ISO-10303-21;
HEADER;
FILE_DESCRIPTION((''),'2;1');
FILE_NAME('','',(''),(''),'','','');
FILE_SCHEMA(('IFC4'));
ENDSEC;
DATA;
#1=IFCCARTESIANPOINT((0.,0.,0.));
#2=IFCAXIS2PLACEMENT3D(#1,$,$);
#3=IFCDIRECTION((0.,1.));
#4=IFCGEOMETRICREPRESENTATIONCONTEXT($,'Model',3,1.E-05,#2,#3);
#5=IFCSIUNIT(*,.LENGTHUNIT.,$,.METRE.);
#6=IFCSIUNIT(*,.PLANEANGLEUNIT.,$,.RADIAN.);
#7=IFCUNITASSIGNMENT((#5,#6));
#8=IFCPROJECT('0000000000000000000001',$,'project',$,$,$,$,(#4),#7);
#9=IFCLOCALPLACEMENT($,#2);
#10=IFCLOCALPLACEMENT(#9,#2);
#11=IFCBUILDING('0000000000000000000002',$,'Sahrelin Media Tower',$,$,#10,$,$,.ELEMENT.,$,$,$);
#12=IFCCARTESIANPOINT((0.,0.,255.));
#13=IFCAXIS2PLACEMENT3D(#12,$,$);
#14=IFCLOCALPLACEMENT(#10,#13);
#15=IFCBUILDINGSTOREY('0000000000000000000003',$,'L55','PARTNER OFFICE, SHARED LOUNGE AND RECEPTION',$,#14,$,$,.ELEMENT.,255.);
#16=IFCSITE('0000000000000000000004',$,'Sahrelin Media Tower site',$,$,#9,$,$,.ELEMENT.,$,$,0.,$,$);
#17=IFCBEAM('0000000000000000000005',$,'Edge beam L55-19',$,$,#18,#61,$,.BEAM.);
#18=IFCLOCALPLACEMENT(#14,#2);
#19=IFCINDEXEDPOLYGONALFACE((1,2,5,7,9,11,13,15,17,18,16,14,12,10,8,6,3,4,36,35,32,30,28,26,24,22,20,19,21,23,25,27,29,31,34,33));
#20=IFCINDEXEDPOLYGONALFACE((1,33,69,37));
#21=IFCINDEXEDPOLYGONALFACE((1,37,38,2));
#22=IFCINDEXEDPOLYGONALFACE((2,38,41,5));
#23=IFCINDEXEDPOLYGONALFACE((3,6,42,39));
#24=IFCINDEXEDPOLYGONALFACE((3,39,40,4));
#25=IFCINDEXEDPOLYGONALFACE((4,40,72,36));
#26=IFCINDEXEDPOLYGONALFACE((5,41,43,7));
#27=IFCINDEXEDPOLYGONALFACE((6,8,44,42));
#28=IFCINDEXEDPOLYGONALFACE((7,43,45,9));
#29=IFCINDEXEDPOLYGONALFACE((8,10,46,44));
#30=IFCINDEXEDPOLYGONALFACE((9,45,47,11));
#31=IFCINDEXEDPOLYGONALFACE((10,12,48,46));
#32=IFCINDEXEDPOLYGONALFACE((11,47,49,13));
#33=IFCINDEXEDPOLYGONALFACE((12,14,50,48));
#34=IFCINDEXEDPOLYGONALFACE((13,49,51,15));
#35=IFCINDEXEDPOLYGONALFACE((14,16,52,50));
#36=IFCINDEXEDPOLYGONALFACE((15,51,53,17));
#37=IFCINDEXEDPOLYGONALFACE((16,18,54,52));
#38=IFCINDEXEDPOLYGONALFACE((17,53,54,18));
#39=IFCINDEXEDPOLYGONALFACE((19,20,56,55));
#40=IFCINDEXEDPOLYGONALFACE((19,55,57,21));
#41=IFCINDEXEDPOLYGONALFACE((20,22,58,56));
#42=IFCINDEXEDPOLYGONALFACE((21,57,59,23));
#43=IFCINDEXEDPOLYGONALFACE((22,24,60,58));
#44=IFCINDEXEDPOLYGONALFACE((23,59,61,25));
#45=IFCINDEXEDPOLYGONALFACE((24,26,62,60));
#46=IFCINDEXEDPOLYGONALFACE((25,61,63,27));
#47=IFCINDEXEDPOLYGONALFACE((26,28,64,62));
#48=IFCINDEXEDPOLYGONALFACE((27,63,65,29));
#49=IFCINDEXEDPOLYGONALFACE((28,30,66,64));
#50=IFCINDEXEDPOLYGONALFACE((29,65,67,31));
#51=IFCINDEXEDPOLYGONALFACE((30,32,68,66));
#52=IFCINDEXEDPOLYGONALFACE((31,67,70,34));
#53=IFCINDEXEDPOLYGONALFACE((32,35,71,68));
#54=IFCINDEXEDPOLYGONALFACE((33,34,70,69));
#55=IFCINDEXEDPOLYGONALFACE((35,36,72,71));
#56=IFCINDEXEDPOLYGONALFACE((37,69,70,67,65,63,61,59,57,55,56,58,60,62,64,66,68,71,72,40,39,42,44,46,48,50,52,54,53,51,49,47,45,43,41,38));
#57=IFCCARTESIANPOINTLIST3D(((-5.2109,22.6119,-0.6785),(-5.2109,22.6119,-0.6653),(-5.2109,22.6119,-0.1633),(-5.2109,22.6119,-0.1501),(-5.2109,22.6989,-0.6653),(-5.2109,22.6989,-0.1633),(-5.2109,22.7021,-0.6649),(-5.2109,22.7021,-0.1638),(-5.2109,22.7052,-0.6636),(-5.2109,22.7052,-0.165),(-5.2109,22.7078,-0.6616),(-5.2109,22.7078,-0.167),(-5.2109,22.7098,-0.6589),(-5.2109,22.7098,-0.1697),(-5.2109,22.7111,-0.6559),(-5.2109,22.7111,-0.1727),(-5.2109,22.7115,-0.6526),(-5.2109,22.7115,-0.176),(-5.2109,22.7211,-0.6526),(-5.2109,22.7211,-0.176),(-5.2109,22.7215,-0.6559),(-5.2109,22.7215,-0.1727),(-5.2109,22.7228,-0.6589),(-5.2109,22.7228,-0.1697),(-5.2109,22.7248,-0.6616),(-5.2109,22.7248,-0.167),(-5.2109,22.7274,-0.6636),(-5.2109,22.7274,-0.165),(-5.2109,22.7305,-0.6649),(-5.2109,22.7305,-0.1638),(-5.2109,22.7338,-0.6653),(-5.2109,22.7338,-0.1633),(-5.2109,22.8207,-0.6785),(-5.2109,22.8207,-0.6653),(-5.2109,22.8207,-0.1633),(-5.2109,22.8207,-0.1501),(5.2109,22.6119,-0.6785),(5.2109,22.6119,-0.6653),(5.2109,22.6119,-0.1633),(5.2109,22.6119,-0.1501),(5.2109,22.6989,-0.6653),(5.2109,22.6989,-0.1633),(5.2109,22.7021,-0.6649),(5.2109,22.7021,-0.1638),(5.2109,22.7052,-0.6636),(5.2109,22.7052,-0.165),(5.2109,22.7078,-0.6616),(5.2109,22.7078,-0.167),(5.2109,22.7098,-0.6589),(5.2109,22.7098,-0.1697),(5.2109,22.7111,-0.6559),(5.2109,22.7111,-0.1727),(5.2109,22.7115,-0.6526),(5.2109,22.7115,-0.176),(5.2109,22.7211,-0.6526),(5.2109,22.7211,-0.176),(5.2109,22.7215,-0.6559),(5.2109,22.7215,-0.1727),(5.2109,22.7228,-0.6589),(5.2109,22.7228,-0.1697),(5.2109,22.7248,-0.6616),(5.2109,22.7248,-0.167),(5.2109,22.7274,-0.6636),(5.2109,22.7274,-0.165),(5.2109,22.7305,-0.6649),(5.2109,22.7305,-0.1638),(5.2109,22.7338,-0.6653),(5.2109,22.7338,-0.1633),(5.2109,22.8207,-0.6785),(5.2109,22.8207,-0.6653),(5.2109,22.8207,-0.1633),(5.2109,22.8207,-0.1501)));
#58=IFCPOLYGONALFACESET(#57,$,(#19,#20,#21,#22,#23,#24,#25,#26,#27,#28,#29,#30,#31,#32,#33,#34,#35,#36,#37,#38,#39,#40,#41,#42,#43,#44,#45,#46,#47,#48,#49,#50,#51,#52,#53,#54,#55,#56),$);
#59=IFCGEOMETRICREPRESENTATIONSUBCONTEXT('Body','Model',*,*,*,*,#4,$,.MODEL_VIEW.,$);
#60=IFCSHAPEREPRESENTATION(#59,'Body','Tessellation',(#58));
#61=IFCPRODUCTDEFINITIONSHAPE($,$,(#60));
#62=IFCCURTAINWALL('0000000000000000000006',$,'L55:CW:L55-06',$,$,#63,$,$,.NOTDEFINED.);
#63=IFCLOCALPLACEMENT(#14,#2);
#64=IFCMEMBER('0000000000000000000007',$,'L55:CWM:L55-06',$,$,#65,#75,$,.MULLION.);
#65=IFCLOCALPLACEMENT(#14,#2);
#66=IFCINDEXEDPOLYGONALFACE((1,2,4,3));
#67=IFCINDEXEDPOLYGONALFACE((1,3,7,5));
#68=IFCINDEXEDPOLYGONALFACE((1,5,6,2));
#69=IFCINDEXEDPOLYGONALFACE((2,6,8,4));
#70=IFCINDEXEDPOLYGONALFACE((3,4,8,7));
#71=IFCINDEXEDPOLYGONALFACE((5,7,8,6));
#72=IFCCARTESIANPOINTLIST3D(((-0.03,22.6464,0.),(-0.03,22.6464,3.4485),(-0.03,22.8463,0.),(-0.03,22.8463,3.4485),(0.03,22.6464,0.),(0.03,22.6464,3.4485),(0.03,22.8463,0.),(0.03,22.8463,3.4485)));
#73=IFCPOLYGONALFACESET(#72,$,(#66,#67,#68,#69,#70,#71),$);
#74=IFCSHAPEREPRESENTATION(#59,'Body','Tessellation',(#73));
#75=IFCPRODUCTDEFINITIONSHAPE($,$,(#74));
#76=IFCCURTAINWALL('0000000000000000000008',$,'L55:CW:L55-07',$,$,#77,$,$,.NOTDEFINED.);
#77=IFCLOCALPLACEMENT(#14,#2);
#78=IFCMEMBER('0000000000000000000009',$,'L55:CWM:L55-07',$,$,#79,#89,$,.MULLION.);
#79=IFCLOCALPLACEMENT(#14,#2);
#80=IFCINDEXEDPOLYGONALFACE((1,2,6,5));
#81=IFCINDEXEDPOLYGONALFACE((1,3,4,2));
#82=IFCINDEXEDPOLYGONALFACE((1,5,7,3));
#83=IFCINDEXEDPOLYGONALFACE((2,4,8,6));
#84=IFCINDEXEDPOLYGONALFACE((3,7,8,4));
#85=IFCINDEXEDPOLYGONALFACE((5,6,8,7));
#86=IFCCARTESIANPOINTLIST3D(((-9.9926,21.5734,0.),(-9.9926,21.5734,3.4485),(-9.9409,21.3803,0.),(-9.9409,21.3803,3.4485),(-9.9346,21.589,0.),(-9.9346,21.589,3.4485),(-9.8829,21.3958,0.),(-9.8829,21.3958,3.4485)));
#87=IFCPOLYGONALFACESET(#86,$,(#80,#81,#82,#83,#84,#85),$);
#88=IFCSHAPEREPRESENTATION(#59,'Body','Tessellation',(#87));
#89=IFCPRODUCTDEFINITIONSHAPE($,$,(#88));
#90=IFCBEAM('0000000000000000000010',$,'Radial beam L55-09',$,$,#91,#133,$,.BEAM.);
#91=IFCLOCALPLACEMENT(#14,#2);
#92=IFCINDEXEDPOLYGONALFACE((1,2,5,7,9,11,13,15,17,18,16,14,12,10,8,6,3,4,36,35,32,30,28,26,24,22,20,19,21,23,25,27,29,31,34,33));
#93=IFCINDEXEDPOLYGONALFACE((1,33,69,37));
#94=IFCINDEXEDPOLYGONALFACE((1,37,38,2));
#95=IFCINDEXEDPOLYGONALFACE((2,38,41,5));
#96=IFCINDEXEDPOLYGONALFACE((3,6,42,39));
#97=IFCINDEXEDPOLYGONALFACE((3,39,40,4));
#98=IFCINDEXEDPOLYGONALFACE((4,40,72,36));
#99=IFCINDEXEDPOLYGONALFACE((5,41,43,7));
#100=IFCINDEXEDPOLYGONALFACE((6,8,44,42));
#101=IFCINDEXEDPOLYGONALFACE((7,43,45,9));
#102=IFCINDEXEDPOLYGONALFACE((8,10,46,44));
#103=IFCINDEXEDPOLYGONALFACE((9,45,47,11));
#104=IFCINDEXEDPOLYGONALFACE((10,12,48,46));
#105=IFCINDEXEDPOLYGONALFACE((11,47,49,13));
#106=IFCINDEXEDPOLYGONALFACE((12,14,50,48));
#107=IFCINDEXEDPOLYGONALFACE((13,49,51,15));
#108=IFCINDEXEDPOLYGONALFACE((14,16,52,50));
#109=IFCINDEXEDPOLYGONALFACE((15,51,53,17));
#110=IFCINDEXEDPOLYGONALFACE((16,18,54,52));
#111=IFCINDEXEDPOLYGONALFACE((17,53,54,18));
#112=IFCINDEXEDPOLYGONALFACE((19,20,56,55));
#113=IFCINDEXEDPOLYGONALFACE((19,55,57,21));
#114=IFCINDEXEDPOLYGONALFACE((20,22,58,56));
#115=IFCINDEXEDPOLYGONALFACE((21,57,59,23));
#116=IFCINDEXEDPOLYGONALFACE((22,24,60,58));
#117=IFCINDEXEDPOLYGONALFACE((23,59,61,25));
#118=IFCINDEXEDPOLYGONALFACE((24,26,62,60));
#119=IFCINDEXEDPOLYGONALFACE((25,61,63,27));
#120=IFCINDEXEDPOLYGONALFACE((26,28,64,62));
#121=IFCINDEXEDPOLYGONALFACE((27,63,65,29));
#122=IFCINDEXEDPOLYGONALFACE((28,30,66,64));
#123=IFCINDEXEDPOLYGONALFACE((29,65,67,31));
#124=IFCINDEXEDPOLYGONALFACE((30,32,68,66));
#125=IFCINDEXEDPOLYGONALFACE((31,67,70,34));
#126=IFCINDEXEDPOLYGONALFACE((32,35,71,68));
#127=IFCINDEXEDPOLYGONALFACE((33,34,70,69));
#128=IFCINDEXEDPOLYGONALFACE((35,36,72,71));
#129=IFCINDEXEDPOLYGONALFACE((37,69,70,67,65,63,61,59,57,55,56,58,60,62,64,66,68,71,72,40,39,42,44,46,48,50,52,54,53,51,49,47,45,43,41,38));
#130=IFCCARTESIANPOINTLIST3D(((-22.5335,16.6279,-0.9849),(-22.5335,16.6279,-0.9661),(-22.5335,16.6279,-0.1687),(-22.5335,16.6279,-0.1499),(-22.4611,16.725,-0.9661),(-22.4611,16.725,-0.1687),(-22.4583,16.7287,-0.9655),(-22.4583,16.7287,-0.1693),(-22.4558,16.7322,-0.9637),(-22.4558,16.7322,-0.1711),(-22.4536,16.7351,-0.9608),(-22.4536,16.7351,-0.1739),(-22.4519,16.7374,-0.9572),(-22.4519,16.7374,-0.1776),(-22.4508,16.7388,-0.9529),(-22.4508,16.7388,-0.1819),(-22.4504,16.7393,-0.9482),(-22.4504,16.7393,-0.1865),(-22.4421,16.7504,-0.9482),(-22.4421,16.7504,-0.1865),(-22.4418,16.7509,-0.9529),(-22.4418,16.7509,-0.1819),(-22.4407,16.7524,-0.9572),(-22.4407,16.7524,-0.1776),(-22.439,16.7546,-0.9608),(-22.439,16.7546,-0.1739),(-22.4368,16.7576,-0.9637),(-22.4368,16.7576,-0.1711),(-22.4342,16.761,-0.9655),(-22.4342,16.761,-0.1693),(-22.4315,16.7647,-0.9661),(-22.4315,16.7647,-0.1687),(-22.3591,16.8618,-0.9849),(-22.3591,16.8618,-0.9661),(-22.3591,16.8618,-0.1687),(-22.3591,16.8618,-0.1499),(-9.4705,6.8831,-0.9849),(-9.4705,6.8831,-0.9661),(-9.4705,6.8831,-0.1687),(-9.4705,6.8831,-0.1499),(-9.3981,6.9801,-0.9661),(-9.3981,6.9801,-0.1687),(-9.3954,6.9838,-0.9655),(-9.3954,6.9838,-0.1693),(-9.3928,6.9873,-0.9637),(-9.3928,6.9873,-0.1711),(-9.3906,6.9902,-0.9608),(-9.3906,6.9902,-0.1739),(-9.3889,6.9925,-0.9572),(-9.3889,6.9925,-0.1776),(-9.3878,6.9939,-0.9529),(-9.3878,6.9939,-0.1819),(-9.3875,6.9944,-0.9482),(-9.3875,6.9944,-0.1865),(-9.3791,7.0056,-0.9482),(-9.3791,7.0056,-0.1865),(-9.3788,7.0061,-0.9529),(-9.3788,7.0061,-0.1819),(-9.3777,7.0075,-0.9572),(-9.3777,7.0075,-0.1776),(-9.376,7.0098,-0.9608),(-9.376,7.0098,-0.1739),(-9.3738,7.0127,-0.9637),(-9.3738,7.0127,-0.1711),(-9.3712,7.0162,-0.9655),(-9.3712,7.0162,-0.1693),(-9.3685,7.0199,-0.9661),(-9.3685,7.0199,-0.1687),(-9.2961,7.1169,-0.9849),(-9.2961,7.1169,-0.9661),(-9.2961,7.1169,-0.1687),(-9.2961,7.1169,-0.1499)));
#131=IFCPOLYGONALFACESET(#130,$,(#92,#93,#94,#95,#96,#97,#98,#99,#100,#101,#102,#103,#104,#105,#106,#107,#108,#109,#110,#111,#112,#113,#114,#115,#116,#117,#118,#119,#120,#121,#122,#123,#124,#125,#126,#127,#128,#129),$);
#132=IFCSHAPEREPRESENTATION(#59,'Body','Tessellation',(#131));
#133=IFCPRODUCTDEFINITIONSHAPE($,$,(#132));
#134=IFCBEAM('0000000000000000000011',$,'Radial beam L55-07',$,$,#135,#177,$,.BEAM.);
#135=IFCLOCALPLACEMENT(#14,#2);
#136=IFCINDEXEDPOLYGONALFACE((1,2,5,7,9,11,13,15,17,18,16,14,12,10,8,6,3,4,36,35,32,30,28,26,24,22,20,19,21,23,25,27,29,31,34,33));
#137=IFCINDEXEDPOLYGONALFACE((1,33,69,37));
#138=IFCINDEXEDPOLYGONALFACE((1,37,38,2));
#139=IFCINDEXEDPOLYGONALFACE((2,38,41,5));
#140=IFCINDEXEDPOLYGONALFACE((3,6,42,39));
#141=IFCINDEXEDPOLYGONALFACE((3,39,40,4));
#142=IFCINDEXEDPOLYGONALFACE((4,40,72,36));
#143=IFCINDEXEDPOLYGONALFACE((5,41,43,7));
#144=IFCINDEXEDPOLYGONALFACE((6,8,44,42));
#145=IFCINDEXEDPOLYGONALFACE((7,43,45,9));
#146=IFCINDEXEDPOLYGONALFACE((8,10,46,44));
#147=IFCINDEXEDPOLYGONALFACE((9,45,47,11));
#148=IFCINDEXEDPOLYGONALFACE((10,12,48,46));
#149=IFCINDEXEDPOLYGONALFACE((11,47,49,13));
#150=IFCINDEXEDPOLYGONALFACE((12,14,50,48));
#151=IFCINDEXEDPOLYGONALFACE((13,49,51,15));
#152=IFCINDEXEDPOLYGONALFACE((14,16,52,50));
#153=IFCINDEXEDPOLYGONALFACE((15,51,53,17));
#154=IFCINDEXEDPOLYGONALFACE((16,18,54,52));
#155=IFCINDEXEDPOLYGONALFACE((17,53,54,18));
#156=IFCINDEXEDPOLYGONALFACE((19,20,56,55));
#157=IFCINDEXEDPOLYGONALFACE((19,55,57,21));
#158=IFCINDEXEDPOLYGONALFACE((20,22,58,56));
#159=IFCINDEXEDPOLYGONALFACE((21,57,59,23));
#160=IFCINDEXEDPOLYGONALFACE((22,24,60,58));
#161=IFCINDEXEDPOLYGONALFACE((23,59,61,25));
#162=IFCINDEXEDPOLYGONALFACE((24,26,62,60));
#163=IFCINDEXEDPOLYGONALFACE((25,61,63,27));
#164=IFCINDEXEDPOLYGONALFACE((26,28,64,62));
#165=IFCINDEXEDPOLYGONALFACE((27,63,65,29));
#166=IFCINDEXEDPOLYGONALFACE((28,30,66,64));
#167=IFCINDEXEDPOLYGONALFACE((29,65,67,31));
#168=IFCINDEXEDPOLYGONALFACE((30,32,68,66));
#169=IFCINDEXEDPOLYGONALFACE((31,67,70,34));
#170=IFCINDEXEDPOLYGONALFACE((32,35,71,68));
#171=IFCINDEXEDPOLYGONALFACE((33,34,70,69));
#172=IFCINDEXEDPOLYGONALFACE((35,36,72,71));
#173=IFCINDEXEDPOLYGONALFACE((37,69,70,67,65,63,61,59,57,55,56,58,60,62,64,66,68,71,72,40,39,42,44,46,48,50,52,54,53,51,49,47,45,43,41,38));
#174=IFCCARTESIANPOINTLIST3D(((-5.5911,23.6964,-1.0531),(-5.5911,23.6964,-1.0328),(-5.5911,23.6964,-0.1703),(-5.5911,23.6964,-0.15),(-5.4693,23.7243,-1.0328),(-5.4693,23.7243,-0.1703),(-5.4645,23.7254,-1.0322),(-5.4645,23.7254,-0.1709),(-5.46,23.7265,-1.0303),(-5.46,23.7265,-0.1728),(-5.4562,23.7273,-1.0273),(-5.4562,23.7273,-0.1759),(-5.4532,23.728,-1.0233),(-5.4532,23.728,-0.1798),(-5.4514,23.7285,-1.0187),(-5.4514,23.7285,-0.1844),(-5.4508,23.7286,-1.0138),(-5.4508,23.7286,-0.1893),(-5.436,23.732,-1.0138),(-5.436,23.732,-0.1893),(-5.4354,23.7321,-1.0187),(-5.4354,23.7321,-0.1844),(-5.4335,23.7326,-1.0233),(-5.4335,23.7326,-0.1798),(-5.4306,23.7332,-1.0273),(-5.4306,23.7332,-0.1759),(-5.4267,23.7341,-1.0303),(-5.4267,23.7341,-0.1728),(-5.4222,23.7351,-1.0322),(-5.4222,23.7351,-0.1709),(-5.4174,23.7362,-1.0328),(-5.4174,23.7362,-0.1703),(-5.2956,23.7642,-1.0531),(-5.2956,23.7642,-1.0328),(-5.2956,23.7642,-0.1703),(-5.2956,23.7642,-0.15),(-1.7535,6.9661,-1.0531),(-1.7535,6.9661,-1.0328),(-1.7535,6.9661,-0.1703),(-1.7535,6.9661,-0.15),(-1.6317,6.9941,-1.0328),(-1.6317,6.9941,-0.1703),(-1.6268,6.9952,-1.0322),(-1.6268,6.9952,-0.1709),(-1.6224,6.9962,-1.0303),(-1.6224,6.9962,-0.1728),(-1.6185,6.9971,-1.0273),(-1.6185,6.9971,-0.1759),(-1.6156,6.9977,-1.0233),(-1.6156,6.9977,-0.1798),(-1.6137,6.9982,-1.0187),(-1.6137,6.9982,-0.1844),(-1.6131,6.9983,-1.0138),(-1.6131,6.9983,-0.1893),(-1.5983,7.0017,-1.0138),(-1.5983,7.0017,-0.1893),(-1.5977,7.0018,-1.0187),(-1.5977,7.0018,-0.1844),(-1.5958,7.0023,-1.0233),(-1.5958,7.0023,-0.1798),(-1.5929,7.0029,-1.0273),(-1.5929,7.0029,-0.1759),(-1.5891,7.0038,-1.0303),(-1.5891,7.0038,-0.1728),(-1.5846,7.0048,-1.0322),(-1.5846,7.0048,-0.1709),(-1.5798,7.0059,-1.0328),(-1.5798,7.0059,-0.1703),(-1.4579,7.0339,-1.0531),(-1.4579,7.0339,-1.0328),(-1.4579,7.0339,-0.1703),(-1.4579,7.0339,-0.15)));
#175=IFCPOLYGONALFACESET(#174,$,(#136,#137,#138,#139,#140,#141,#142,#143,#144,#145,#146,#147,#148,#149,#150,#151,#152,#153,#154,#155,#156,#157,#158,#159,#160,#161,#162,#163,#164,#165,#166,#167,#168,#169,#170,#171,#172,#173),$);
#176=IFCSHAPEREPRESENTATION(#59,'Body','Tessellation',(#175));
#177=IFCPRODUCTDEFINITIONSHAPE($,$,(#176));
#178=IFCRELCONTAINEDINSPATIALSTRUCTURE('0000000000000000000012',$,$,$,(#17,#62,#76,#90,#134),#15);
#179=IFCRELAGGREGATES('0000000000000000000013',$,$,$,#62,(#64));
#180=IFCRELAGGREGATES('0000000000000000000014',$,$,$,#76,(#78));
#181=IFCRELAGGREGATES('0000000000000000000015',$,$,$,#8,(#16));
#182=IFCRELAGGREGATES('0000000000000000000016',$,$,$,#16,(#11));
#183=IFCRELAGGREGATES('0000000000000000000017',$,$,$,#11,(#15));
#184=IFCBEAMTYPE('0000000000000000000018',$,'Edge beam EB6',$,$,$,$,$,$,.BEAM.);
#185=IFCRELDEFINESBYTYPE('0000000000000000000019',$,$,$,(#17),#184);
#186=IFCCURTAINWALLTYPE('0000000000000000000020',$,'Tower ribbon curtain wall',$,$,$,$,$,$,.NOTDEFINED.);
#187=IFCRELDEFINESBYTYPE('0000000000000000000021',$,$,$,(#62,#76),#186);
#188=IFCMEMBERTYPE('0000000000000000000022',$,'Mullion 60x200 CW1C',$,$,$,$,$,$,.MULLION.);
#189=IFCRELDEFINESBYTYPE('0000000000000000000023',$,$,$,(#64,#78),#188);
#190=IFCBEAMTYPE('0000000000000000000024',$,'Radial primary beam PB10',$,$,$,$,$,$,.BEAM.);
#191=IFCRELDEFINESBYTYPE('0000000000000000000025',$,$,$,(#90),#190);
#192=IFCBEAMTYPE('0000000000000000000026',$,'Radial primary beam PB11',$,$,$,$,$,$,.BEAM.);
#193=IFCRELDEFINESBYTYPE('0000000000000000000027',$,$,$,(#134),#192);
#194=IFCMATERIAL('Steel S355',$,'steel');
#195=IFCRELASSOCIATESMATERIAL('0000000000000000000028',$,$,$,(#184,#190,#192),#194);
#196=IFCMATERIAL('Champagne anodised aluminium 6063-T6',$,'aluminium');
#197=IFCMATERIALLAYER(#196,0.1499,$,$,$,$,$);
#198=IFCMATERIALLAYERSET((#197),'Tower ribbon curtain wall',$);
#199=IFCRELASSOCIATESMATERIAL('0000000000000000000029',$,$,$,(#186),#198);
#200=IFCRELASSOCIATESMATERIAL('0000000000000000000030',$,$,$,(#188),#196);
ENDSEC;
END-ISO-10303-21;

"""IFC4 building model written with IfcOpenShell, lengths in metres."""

from ifc_helpers import new_model, si_unit, direction, frame, origin, origin_2d, place, context, subcontext, project, spatial, rectangle, i_section, extrude, material, layer, layer_set, material_profile, profile_set, type_object, element, aggregate, save


model = new_model("IFC4")

# Units and contexts
model_context = context("Model", 3, precision=1e-05, world=origin(), true_north=direction((0.0, 1.0)))
body_context = subcontext(model_context, "Body", "Model", "MODEL_VIEW")
ifc_project = project(units=[si_unit("LENGTHUNIT", "METRE"), si_unit("PLANEANGLEUNIT", "RADIAN")], contexts=[model_context])

# Site, building, storey
site_placement = place(None, origin())
site = spatial("IfcSite", under=ifc_project, at=site_placement, Name="Sahrelin Media Tower site", CompositionType="ELEMENT", RefElevation=0.0)
building_placement = place(site_placement, origin())
building = spatial("IfcBuilding", under=site, at=building_placement, Name="Sahrelin Media Tower", CompositionType="ELEMENT")
storey_placement = place(building_placement, frame((0.0, 0.0, 255.0)))
storey = spatial("IfcBuildingStorey", under=building, at=storey_placement, Name="L55", Description="PARTNER OFFICE, SHARED LOUNGE AND RECEPTION", CompositionType="ELEMENT", Elevation=255.0)

# Beam
ifc_material_1 = material(Name="Steel S355", Category="steel")
ifc_material_profile_1 = material_profile(ifc_material_1, i_section(OverallWidth=0.2087, OverallDepth=0.5283, WebThickness=0.0095, FlangeThickness=0.0132, FilletRadius=0.0127, at=origin_2d()), Name="UB 533x210x82")
ifc_profile_set_1 = profile_set([ifc_material_profile_1], Name="Steel S355")
beam_type_1 = type_object("IfcBeamType", Name="Edge beam EB6", PredefinedType="BEAM", material=ifc_profile_set_1)
beam_1_placement = place(storey_placement, frame((-5.2109, 22.7163, -0.4143), z_axis=(1.0, 0.0, 0.0), x_axis=(0.0, 1.0, 0.0)))
element("IfcBeam", 1, at=beam_1_placement, inside=storey, type_object=beam_type_1, Name="Edge beam L55-19", PredefinedType="BEAM", context=body_context, shape_type="SweptSolid", body=[
    extrude(i_section(OverallWidth=0.2087, OverallDepth=0.5283, WebThickness=0.0095, FlangeThickness=0.0132, FilletRadius=0.0127, at=origin_2d()), origin(), (0.0, 0.0, 1.0), 10.4219),
])

# Curtain walls, members
ifc_material_2 = material(Name="Champagne anodised aluminium 6063-T6", Category="aluminium")
ifc_layer_1 = layer(ifc_material_2, 0.1499)
ifc_layer_set_1 = layer_set([ifc_layer_1], Name="Tower ribbon curtain wall")
curtain_wall_type = type_object("IfcCurtainWallType", Name="Tower ribbon curtain wall", PredefinedType="NOTDEFINED", material=ifc_layer_set_1)
curtain_wall_1_placement = place(storey_placement, frame((0.0, 22.8662, 0.0), z_axis=(0.0, 0.0, 1.0), x_axis=(1.0, 0.0, 0.0)))
curtain_wall_1 = element("IfcCurtainWall", 2, at=curtain_wall_1_placement, inside=storey, type_object=curtain_wall_type, Name="L55:CW:L55-06", PredefinedType="NOTDEFINED")
ifc_material_profile_2 = material_profile(ifc_material_2, rectangle(XDim=0.0601, YDim=0.2, at=origin_2d()), Name="Mullion 60x200")
ifc_profile_set_2 = profile_set([ifc_material_profile_2], Name="Champagne anodised aluminium 6063-T6")
member_type_1 = type_object("IfcMemberType", Name="Mullion 60x200 CW1C", PredefinedType="MULLION", material=ifc_profile_set_2)
member_1_placement = place(storey_placement, frame((0.0, 22.7463, 0.0), z_axis=(0.0, 0.0, 1.0), x_axis=(-1.0, 0.0, 0.0)))
member_1 = element("IfcMember", 3, at=member_1_placement, type_object=member_type_1, Name="L55:CWM:L55-06", PredefinedType="MULLION", context=body_context, shape_type="SweptSolid", body=[
    extrude(rectangle(XDim=0.0601, YDim=0.2, at=origin_2d()), origin(), (0.0, 0.0, 1.0), 3.4485),
])
aggregate(curtain_wall_1, [member_1])
curtain_wall_2_placement = place(storey_placement, frame((-9.9688, 21.6006, 0.0), z_axis=(0.0, 0.0, 1.0), x_axis=(1.0, 0.0, 0.0)))
curtain_wall_2 = element("IfcCurtainWall", 4, at=curtain_wall_2_placement, inside=storey, type_object=curtain_wall_type, Name="L55:CW:L55-07", PredefinedType="NOTDEFINED")
member_2_placement = place(storey_placement, frame((-9.9377, 21.4846, 0.0), z_axis=(0.0, 0.0, 1.0), x_axis=(-0.965927, -0.258816, 0.0)))
member_2 = element("IfcMember", 5, at=member_2_placement, type_object=member_type_1, Name="L55:CWM:L55-07", PredefinedType="MULLION", context=body_context, shape_type="SweptSolid", body=[
    extrude(rectangle(XDim=0.0601, YDim=0.2, at=origin_2d()), origin(), (0.0, 0.0, 1.0), 3.4485),
])

# Beams
ifc_material_profile_3 = material_profile(ifc_material_1, i_section(OverallWidth=0.2917, OverallDepth=0.835, WebThickness=0.0139, FlangeThickness=0.0188, FilletRadius=0.0178, at=origin_2d()), Name="UB 838x292x176")
ifc_profile_set_3 = profile_set([ifc_material_profile_3], Name="Steel S355")
beam_type_2 = type_object("IfcBeamType", Name="Radial primary beam PB10", PredefinedType="BEAM", material=ifc_profile_set_3)
beam_2_placement = place(storey_placement, frame((-9.3833, 7.0, -0.5674), z_axis=(-0.80154, 0.597942, 0.0), x_axis=(-0.597942, -0.80154, 0.0)))
element("IfcBeam", 6, at=beam_2_placement, inside=storey, type_object=beam_type_2, Name="Radial beam L55-09", PredefinedType="BEAM", context=body_context, shape_type="SweptSolid", body=[
    extrude(i_section(OverallWidth=0.2917, OverallDepth=0.835, WebThickness=0.0139, FlangeThickness=0.0188, FilletRadius=0.0178, at=origin_2d()), origin(), (0.0, 0.0, 1.0), 16.2974),
])
ifc_material_profile_4 = material_profile(ifc_material_1, i_section(OverallWidth=0.3032, OverallDepth=0.9031, WebThickness=0.0151, FlangeThickness=0.0203, FilletRadius=0.019, at=origin_2d()), Name="UB 914x305x201")
ifc_profile_set_4 = profile_set([ifc_material_profile_4], Name="Steel S355")
beam_type_3 = type_object("IfcBeamType", Name="Radial primary beam PB11", PredefinedType="BEAM", material=ifc_profile_set_4)
beam_3_placement = place(storey_placement, frame((-1.6057, 7.0, -0.6016), z_axis=(-0.223577, 0.974686, 0.0), x_axis=(-0.974686, -0.223577, 0.0)))
element("IfcBeam", 7, at=beam_3_placement, inside=storey, type_object=beam_type_3, Name="Radial beam L55-07", PredefinedType="BEAM", context=body_context, shape_type="SweptSolid", body=[
    extrude(i_section(OverallWidth=0.3032, OverallDepth=0.9031, WebThickness=0.0151, FlangeThickness=0.0203, FilletRadius=0.019, at=origin_2d()), origin(), (0.0, 0.0, 1.0), 17.1648),
])

aggregate(curtain_wall_2, [member_2])

save(model, "model.ifc")
